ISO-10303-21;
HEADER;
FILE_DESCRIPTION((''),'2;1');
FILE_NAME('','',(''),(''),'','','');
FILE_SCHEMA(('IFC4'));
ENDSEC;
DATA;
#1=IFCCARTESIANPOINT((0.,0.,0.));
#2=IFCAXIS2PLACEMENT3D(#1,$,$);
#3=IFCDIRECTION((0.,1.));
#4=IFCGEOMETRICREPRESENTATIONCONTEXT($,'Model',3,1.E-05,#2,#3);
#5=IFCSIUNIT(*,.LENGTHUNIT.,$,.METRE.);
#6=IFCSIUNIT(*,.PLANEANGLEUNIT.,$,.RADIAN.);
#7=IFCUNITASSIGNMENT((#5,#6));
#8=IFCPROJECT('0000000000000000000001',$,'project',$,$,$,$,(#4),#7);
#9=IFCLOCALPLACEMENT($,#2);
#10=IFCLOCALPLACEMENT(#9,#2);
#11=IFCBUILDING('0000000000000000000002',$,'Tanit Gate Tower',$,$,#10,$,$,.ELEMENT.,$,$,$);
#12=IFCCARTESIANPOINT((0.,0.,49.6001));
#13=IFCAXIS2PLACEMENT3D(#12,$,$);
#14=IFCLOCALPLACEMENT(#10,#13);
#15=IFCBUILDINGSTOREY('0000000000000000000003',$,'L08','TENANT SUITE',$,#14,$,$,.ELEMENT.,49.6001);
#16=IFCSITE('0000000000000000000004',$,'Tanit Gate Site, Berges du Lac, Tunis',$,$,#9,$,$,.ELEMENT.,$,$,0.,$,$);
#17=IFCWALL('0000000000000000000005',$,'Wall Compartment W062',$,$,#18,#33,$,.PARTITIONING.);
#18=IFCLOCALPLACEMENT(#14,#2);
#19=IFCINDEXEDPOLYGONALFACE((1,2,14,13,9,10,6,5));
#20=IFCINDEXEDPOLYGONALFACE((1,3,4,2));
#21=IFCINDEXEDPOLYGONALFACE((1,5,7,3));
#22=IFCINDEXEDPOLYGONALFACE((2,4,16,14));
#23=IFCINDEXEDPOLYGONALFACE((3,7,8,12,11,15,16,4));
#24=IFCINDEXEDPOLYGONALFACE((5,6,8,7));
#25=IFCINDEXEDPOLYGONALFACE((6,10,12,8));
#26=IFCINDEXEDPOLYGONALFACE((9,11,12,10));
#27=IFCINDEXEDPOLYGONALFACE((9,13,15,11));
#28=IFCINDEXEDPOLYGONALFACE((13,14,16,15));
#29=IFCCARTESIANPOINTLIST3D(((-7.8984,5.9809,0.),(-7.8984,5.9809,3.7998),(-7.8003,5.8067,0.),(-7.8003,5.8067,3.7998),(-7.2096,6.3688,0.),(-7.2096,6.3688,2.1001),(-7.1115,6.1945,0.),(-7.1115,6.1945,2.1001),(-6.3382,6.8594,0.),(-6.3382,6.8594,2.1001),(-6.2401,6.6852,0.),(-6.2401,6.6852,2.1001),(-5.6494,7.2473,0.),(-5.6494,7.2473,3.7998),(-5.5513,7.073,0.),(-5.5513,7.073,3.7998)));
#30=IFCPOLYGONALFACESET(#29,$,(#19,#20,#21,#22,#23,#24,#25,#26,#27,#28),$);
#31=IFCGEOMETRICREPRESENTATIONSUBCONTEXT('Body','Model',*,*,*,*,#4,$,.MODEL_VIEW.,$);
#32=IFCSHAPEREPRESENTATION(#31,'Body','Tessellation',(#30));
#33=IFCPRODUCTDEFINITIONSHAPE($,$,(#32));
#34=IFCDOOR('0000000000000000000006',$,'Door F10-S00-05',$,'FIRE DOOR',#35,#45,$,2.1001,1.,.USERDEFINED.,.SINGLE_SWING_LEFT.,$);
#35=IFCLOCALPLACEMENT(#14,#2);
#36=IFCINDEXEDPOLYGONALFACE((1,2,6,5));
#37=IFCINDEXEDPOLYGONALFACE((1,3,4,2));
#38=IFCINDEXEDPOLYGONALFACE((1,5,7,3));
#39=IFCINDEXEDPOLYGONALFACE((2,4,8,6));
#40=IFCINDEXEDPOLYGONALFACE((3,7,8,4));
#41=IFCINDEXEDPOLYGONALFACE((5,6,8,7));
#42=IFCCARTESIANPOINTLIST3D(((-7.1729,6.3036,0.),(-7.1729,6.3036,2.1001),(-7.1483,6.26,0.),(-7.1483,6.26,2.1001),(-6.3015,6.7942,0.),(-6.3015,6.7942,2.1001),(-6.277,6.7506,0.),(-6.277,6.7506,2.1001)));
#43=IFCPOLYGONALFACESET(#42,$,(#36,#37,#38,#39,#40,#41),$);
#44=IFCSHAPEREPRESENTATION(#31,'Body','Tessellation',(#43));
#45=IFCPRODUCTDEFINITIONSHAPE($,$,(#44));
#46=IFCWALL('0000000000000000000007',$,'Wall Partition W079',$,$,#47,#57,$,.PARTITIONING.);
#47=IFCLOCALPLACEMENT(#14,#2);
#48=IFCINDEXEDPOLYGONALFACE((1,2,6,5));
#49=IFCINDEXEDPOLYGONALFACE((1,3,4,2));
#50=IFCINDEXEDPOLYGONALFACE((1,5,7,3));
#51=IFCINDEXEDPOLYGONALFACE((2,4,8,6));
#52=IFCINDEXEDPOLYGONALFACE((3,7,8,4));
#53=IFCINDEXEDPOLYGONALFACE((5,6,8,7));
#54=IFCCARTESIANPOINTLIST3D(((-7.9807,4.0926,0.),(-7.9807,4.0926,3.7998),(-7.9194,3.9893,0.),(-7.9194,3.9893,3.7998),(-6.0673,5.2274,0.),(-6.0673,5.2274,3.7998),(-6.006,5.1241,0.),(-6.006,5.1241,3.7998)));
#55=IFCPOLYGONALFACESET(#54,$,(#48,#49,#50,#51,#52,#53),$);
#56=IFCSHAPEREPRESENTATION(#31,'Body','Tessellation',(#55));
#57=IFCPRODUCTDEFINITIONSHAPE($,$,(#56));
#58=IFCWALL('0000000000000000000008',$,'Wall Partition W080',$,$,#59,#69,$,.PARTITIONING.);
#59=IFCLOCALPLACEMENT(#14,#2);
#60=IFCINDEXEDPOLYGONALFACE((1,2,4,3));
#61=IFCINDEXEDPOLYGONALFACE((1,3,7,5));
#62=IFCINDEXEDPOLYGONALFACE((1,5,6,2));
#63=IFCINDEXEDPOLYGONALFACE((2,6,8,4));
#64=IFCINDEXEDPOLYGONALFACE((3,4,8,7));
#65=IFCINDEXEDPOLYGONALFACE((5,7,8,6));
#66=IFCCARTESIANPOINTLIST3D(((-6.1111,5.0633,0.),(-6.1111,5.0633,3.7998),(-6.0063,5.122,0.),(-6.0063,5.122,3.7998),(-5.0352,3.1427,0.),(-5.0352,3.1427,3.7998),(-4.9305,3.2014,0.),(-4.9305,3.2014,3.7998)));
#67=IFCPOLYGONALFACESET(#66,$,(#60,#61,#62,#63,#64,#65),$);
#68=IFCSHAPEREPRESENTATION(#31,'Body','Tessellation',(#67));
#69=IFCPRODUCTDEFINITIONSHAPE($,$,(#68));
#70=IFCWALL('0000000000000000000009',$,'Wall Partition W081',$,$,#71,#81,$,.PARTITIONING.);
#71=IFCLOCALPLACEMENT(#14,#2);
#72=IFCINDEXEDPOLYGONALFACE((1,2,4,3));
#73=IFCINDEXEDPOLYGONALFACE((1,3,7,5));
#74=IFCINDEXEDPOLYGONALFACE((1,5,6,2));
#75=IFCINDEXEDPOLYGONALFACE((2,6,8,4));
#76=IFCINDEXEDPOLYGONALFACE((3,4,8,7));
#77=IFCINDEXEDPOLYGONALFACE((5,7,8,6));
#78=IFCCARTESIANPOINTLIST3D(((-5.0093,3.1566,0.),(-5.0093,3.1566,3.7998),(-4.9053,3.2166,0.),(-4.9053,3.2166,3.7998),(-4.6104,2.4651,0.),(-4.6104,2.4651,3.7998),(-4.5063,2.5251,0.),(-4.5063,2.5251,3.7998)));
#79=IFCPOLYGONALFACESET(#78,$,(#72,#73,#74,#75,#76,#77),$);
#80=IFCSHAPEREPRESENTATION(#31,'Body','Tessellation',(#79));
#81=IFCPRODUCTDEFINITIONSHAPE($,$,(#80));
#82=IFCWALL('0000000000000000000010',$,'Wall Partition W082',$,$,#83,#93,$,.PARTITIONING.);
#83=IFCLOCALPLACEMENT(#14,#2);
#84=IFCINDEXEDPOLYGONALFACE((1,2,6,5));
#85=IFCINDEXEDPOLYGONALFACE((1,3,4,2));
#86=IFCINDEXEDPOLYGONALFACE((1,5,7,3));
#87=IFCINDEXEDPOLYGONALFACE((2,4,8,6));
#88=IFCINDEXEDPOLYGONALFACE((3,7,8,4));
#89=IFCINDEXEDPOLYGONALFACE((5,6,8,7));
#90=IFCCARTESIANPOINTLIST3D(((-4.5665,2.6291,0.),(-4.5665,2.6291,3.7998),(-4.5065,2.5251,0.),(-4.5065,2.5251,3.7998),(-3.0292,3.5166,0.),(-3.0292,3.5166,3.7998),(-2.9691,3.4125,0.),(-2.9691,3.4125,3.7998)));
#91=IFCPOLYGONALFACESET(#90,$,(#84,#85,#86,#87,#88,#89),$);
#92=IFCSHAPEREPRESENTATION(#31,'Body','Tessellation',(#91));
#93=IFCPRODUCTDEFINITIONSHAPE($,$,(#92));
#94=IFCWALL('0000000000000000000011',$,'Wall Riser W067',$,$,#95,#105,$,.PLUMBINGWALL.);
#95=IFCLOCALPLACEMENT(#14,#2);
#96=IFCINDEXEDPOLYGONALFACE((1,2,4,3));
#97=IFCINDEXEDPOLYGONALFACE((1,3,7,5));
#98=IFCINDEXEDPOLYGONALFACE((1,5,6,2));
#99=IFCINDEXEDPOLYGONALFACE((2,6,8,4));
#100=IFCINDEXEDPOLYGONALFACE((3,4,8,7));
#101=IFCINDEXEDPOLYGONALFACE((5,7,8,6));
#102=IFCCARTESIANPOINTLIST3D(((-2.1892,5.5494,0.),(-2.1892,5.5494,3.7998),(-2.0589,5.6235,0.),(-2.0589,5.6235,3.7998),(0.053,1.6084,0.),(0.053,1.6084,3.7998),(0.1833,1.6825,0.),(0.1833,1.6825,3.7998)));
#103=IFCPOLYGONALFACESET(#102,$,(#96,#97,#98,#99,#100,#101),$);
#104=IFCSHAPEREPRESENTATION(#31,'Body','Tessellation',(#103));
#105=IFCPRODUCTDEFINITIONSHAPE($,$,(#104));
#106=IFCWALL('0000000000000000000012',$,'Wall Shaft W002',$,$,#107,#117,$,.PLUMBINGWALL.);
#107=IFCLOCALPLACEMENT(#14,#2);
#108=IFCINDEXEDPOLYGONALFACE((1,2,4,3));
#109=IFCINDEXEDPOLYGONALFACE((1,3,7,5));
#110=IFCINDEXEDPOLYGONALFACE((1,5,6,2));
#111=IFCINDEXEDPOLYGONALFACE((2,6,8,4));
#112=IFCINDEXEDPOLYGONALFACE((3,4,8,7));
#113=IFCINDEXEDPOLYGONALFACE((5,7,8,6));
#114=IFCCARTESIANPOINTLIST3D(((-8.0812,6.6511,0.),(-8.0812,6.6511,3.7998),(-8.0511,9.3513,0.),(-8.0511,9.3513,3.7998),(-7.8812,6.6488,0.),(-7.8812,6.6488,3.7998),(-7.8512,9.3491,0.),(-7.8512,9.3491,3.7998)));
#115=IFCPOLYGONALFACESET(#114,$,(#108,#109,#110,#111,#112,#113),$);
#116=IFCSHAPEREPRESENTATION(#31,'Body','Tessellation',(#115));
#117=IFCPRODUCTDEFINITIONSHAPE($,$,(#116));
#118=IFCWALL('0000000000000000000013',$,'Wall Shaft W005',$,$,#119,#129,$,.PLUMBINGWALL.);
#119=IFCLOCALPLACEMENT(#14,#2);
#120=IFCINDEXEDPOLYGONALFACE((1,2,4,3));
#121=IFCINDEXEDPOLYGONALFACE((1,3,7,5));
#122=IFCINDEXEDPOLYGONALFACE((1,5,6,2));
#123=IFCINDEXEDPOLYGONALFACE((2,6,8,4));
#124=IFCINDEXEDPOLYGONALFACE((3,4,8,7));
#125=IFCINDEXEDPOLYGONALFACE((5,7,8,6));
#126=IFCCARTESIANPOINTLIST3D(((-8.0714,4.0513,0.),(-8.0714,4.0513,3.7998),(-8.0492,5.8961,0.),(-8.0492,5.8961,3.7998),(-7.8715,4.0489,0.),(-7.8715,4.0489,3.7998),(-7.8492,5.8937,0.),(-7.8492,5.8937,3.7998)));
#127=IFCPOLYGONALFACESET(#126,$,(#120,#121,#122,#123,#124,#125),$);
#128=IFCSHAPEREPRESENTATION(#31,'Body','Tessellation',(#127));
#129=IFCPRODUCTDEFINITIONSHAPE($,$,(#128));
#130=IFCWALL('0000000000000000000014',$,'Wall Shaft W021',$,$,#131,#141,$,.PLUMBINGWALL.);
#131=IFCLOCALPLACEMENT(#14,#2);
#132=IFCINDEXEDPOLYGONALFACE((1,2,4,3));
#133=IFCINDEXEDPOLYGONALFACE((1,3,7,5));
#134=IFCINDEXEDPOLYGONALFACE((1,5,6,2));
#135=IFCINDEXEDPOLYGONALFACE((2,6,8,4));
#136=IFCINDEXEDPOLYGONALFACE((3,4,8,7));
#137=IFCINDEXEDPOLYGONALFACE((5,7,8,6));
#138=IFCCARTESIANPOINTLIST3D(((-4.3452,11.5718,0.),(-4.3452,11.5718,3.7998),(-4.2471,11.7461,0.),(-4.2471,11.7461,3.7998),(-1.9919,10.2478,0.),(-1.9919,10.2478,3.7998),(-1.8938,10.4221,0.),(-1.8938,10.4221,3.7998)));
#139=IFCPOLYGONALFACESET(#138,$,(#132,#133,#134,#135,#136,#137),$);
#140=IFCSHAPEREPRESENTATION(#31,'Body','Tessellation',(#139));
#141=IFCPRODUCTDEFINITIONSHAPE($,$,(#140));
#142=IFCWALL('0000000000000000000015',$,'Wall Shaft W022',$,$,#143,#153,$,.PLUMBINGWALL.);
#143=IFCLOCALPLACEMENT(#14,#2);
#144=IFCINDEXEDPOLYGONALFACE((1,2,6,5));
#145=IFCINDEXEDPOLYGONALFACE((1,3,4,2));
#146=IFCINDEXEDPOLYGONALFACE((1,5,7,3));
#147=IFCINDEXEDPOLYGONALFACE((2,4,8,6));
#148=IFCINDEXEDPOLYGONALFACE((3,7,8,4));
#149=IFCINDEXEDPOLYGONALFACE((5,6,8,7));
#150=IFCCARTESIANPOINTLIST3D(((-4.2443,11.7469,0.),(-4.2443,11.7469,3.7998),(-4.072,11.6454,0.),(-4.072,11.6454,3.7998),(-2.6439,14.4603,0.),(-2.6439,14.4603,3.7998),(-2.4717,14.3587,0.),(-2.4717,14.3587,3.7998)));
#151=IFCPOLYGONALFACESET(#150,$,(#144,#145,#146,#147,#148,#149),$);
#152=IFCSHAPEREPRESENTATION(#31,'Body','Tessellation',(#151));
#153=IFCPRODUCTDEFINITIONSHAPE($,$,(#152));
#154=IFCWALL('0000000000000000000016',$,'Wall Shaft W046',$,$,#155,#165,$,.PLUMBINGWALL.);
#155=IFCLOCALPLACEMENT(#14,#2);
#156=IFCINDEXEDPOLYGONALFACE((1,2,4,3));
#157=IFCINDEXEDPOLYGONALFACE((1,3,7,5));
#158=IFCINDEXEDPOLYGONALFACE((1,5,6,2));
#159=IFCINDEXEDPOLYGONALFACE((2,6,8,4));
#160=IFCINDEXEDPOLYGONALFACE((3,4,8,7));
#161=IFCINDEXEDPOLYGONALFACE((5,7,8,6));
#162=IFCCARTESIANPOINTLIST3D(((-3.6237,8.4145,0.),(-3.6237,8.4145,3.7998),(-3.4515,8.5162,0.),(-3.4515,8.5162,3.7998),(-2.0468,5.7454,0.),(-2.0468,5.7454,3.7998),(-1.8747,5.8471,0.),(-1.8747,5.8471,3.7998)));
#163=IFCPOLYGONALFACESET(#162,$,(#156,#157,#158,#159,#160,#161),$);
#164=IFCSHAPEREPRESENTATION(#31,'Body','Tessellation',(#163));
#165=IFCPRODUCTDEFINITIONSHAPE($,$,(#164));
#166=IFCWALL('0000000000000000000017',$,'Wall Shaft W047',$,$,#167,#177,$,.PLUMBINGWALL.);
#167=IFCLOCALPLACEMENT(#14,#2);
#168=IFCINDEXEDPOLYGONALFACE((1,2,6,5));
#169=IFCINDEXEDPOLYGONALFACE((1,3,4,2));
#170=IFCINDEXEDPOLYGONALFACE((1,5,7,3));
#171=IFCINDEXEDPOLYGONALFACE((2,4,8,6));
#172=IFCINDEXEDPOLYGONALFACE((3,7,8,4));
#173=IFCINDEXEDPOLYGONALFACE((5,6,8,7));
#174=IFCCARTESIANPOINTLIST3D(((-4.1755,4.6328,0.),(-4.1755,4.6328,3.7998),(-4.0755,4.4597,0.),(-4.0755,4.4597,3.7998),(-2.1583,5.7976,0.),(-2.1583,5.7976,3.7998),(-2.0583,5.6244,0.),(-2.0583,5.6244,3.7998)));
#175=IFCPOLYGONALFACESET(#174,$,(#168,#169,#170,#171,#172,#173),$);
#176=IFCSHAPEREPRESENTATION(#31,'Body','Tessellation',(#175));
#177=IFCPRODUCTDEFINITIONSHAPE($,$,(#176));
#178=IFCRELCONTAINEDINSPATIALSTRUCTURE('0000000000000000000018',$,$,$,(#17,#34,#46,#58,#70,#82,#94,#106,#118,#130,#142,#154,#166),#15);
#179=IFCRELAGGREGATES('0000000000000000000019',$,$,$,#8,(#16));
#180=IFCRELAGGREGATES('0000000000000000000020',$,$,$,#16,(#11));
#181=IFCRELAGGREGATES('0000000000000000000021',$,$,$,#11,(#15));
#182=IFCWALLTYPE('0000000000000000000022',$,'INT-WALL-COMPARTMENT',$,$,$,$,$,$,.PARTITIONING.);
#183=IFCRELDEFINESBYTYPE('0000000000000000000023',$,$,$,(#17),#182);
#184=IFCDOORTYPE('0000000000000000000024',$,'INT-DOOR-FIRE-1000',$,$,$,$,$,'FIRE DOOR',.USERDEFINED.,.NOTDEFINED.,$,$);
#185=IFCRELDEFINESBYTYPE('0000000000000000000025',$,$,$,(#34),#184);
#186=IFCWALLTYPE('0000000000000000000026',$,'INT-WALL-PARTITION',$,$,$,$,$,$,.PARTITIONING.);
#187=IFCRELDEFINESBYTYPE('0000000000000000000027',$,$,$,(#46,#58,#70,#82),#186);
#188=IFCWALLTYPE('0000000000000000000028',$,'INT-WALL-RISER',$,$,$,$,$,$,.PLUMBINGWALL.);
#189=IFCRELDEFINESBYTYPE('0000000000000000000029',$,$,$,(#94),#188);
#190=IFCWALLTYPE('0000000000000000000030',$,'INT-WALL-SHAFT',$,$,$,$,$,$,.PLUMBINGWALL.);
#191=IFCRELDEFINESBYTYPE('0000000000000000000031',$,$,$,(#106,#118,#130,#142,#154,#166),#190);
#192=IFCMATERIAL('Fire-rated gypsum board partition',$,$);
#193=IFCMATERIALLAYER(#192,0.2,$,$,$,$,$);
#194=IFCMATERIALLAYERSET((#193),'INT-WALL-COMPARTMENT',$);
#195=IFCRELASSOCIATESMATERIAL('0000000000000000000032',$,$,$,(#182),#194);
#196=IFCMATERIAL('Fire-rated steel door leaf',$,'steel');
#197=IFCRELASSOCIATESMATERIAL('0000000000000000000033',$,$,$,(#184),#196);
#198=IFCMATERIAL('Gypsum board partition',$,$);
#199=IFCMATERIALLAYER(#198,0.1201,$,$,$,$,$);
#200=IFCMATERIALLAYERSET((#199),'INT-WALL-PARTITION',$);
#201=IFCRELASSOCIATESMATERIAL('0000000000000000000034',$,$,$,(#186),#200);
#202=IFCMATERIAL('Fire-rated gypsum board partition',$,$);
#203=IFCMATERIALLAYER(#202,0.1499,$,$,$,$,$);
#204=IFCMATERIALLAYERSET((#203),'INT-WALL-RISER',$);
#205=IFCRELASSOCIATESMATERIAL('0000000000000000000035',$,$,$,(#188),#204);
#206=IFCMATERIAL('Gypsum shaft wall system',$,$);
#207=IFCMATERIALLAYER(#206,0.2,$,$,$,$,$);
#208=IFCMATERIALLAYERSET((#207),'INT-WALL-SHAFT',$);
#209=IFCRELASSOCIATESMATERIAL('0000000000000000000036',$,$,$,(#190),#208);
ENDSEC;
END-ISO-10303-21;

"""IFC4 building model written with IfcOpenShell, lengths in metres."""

from ifc_helpers import new_model, si_unit, direction, frame, frame_2d, origin, place, context, subcontext, project, spatial, rectangle, extrude, material, layer, layer_set, type_object, element, fill, save


model = new_model("IFC4")

# Units and contexts
model_context = context("Model", 3, precision=1e-05, world=origin(), true_north=direction((0.0, 1.0)))
body_context = subcontext(model_context, "Body", "Model", "MODEL_VIEW")
ifc_project = project(units=[si_unit("LENGTHUNIT", "METRE"), si_unit("PLANEANGLEUNIT", "RADIAN")], contexts=[model_context])

# Site, building, storey
site_placement = place(None, origin())
site = spatial("IfcSite", under=ifc_project, at=site_placement, Name="Tanit Gate Site, Berges du Lac, Tunis", CompositionType="ELEMENT", RefElevation=0.0)
building_placement = place(site_placement, origin())
building = spatial("IfcBuilding", under=site, at=building_placement, Name="Tanit Gate Tower", CompositionType="ELEMENT")
storey_placement = place(building_placement, frame((0.0, 0.0, 49.6001)))
storey = spatial("IfcBuildingStorey", under=building, at=storey_placement, Name="L08", Description="TENANT SUITE", CompositionType="ELEMENT", Elevation=49.6001)

# Wall, opening, door
ifc_material_1 = material(Name="Fire-rated gypsum board partition")
ifc_layer_1 = layer(ifc_material_1, 0.2)
ifc_layer_set_1 = layer_set([ifc_layer_1], Name="INT-WALL-COMPARTMENT")
wall_type_1 = type_object("IfcWallType", Name="INT-WALL-COMPARTMENT", PredefinedType="PARTITIONING", material=ifc_layer_set_1)
wall_1_placement = place(storey_placement, frame((-5.6003, 7.1602, 0.0), z_axis=(0.0, 0.0, 1.0), x_axis=(-0.871363, -0.490638, 0.0)))
wall_1 = element("IfcWall", 1, at=wall_1_placement, inside=storey, type_object=wall_type_1, Name="Wall Compartment W062", PredefinedType="PARTITIONING", context=body_context, shape_type="SweptSolid", body=[
    extrude(rectangle(XDim=2.5811, YDim=0.2, at=frame_2d((1.2905, 0.0))), origin(), (0.0, 0.0, 1.0), 3.7998),
])
opening_1_placement = place(wall_1_placement, frame((0.7905, 0.0, 0.0)))
opening_1 = element("IfcOpeningElement", 2, at=opening_1_placement, cuts=wall_1, PredefinedType="OPENING", context=body_context, shape_type="SweptSolid", body=[
    extrude(rectangle(XDim=1.0, YDim=2.1001, at=frame_2d((0.5, 1.05))), frame((0.0, 0.1099, 0.0), z_axis=(0.0, -1.0, 0.0), x_axis=(1.0, 0.0, 0.0)), (0.0, 0.0, 1.0), 0.22),
])
ifc_material_2 = material(Name="Fire-rated steel door leaf", Category="steel")
door_type_1 = type_object("IfcDoorType", Name="INT-DOOR-FIRE-1000", ElementType="FIRE DOOR", OperationType="NOTDEFINED", PredefinedType="USERDEFINED", material=ifc_material_2)
door_1_placement = place(opening_1_placement, origin())
door_1 = element("IfcDoor", 3, at=door_1_placement, inside=storey, type_object=door_type_1, Name="Door F10-S00-05", ObjectType="FIRE DOOR", OperationType="SINGLE_SWING_LEFT", OverallHeight=2.1001, OverallWidth=1.0, PredefinedType="USERDEFINED", context=body_context, shape_type="SweptSolid", body=[
    extrude(rectangle(XDim=1.0, YDim=2.1001, at=frame_2d((0.5, 1.05))), frame((0.0, 0.0249, 0.0), z_axis=(0.0, -1.0, 0.0), x_axis=(1.0, 0.0, 0.0)), (0.0, 0.0, 1.0), 0.05),
])
fill(opening_1, door_1)

# Walls
ifc_material_3 = material(Name="Gypsum board partition")
ifc_layer_2 = layer(ifc_material_3, 0.1201)
ifc_layer_set_2 = layer_set([ifc_layer_2], Name="INT-WALL-PARTITION")
wall_type_2 = type_object("IfcWallType", Name="INT-WALL-PARTITION", PredefinedType="PARTITIONING", material=ifc_layer_set_2)
wall_2_placement = place(storey_placement, frame((-6.0366, 5.1758, 0.0), z_axis=(0.0, 0.0, 1.0), x_axis=(-0.860106, -0.510115, 0.0)))
element("IfcWall", 4, at=wall_2_placement, inside=storey, type_object=wall_type_2, Name="Wall Partition W079", PredefinedType="PARTITIONING", context=body_context, shape_type="SweptSolid", body=[
    extrude(rectangle(XDim=2.2246, YDim=0.1201, at=frame_2d((1.1123, 0.0))), origin(), (0.0, 0.0, 1.0), 3.7998),
])
wall_3_placement = place(storey_placement, frame((-4.9829, 3.1721, 0.0), z_axis=(0.0, 0.0, 1.0), x_axis=(-0.488728, 0.872436, 0.0)))
element("IfcWall", 5, at=wall_3_placement, inside=storey, type_object=wall_type_2, Name="Wall Partition W080", PredefinedType="PARTITIONING", context=body_context, shape_type="SweptSolid", body=[
    extrude(rectangle(XDim=2.2014, YDim=0.1201, at=frame_2d((1.1006, 0.0))), origin(), (0.0, 0.0, 1.0), 3.7998),
])
wall_4_placement = place(storey_placement, frame((-4.5583, 2.4951, 0.0), z_axis=(0.0, 0.0, 1.0), x_axis=(-0.499758, 0.866165, 0.0)))
element("IfcWall", 6, at=wall_4_placement, inside=storey, type_object=wall_type_2, Name="Wall Partition W081", PredefinedType="PARTITIONING", context=body_context, shape_type="SweptSolid", body=[
    extrude(rectangle(XDim=0.7983, YDim=0.1201, at=frame_2d((0.3992, 0.0))), origin(), (0.0, 0.0, 1.0), 3.7998),
])
wall_5_placement = place(storey_placement, frame((-2.999, 3.4646, 0.0), z_axis=(0.0, 0.0, 1.0), x_axis=(-0.86606, -0.499941, 0.0)))
element("IfcWall", 7, at=wall_5_placement, inside=storey, type_object=wall_type_2, Name="Wall Partition W082", PredefinedType="PARTITIONING", context=body_context, shape_type="SweptSolid", body=[
    extrude(rectangle(XDim=1.7751, YDim=0.1201, at=frame_2d((0.8877, 0.0))), origin(), (0.0, 0.0, 1.0), 3.7998),
])
ifc_material_4 = material(Name="Fire-rated gypsum board partition")
ifc_layer_3 = layer(ifc_material_4, 0.1499)
ifc_layer_set_3 = layer_set([ifc_layer_3], Name="INT-WALL-RISER")
wall_type_3 = type_object("IfcWallType", Name="INT-WALL-RISER", PredefinedType="PLUMBINGWALL", material=ifc_layer_set_3)
wall_6_placement = place(storey_placement, frame((-2.124, 5.5864, 0.0), z_axis=(0.0, 0.0, 1.0), x_axis=(0.494514, -0.869169, 0.0)))
element("IfcWall", 8, at=wall_6_placement, inside=storey, type_object=wall_type_3, Name="Wall Riser W067", PredefinedType="PLUMBINGWALL", context=body_context, shape_type="SweptSolid", body=[
    extrude(rectangle(XDim=4.5342, YDim=0.1499, at=frame_2d((2.2671, 0.0))), origin(), (0.0, 0.0, 1.0), 3.7998),
])
ifc_material_5 = material(Name="Gypsum shaft wall system")
ifc_layer_4 = layer(ifc_material_5, 0.2)
ifc_layer_set_4 = layer_set([ifc_layer_4], Name="INT-WALL-SHAFT")
wall_type_4 = type_object("IfcWallType", Name="INT-WALL-SHAFT", PredefinedType="PLUMBINGWALL", material=ifc_layer_set_4)
wall_7_placement = place(storey_placement, frame((-7.9512, 9.3501, 0.0), z_axis=(0.0, 0.0, 1.0), x_axis=(-0.01112, -0.999938, 0.0)))
element("IfcWall", 9, at=wall_7_placement, inside=storey, type_object=wall_type_4, Name="Wall Shaft W002", PredefinedType="PLUMBINGWALL", context=body_context, shape_type="SweptSolid", body=[
    extrude(rectangle(XDim=2.7004, YDim=0.2, at=frame_2d((1.3501, 0.0))), origin(), (0.0, 0.0, 1.0), 3.7998),
])
wall_8_placement = place(storey_placement, frame((-7.9492, 5.8948, 0.0), z_axis=(0.0, 0.0, 1.0), x_axis=(-0.012043, -0.999927, 0.0)))
element("IfcWall", 10, at=wall_8_placement, inside=storey, type_object=wall_type_4, Name="Wall Shaft W005", PredefinedType="PLUMBINGWALL", context=body_context, shape_type="SweptSolid", body=[
    extrude(rectangle(XDim=1.845, YDim=0.2, at=frame_2d((0.9224, 0.0))), origin(), (0.0, 0.0, 1.0), 3.7998),
])
wall_9_placement = place(storey_placement, frame((-4.2961, 11.6589, 0.0), z_axis=(0.0, 0.0, 1.0), x_axis=(0.871534, -0.490334, 0.0)))
element("IfcWall", 11, at=wall_9_placement, inside=storey, type_object=wall_type_4, Name="Wall Shaft W021", PredefinedType="PLUMBINGWALL", context=body_context, shape_type="SweptSolid", body=[
    extrude(rectangle(XDim=2.7002, YDim=0.2, at=frame_2d((1.3501, 0.0))), origin(), (0.0, 0.0, 1.0), 3.7998),
])
wall_10_placement = place(storey_placement, frame((-4.1582, 11.696, 0.0), z_axis=(0.0, 0.0, 1.0), x_axis=(0.508019, 0.861346, 0.0)))
element("IfcWall", 12, at=wall_10_placement, inside=storey, type_object=wall_type_4, Name="Wall Shaft W022", PredefinedType="PLUMBINGWALL", context=body_context, shape_type="SweptSolid", body=[
    extrude(rectangle(XDim=3.1501, YDim=0.2, at=frame_2d((1.5752, 0.0))), origin(), (0.0, 0.0, 1.0), 3.7998),
])

# Walls
wall_11_placement = place(storey_placement, frame((-3.5376, 8.4653, 0.0), z_axis=(0.0, 0.0, 1.0), x_axis=(0.508647, -0.860975, 0.0)))
element("IfcWall", 13, at=wall_11_placement, inside=storey, type_object=wall_type_4, Name="Wall Shaft W046", PredefinedType="PLUMBINGWALL", context=body_context, shape_type="SweptSolid", body=[
    extrude(rectangle(XDim=3.1001, YDim=0.2, at=frame_2d((1.55, 0.0))), origin(), (0.0, 0.0, 1.0), 3.7998),
])
wall_12_placement = place(storey_placement, frame((-2.1084, 5.7109, 0.0), z_axis=(0.0, 0.0, 1.0), x_axis=(-0.866009, -0.500028, 0.0)))
element("IfcWall", 14, at=wall_12_placement, inside=storey, type_object=wall_type_4, Name="Wall Shaft W047", PredefinedType="PLUMBINGWALL", context=body_context, shape_type="SweptSolid", body=[
    extrude(rectangle(XDim=2.3293, YDim=0.2, at=frame_2d((1.1646, 0.0))), origin(), (0.0, 0.0, 1.0), 3.7998),
])

save(model, "model.ifc")
